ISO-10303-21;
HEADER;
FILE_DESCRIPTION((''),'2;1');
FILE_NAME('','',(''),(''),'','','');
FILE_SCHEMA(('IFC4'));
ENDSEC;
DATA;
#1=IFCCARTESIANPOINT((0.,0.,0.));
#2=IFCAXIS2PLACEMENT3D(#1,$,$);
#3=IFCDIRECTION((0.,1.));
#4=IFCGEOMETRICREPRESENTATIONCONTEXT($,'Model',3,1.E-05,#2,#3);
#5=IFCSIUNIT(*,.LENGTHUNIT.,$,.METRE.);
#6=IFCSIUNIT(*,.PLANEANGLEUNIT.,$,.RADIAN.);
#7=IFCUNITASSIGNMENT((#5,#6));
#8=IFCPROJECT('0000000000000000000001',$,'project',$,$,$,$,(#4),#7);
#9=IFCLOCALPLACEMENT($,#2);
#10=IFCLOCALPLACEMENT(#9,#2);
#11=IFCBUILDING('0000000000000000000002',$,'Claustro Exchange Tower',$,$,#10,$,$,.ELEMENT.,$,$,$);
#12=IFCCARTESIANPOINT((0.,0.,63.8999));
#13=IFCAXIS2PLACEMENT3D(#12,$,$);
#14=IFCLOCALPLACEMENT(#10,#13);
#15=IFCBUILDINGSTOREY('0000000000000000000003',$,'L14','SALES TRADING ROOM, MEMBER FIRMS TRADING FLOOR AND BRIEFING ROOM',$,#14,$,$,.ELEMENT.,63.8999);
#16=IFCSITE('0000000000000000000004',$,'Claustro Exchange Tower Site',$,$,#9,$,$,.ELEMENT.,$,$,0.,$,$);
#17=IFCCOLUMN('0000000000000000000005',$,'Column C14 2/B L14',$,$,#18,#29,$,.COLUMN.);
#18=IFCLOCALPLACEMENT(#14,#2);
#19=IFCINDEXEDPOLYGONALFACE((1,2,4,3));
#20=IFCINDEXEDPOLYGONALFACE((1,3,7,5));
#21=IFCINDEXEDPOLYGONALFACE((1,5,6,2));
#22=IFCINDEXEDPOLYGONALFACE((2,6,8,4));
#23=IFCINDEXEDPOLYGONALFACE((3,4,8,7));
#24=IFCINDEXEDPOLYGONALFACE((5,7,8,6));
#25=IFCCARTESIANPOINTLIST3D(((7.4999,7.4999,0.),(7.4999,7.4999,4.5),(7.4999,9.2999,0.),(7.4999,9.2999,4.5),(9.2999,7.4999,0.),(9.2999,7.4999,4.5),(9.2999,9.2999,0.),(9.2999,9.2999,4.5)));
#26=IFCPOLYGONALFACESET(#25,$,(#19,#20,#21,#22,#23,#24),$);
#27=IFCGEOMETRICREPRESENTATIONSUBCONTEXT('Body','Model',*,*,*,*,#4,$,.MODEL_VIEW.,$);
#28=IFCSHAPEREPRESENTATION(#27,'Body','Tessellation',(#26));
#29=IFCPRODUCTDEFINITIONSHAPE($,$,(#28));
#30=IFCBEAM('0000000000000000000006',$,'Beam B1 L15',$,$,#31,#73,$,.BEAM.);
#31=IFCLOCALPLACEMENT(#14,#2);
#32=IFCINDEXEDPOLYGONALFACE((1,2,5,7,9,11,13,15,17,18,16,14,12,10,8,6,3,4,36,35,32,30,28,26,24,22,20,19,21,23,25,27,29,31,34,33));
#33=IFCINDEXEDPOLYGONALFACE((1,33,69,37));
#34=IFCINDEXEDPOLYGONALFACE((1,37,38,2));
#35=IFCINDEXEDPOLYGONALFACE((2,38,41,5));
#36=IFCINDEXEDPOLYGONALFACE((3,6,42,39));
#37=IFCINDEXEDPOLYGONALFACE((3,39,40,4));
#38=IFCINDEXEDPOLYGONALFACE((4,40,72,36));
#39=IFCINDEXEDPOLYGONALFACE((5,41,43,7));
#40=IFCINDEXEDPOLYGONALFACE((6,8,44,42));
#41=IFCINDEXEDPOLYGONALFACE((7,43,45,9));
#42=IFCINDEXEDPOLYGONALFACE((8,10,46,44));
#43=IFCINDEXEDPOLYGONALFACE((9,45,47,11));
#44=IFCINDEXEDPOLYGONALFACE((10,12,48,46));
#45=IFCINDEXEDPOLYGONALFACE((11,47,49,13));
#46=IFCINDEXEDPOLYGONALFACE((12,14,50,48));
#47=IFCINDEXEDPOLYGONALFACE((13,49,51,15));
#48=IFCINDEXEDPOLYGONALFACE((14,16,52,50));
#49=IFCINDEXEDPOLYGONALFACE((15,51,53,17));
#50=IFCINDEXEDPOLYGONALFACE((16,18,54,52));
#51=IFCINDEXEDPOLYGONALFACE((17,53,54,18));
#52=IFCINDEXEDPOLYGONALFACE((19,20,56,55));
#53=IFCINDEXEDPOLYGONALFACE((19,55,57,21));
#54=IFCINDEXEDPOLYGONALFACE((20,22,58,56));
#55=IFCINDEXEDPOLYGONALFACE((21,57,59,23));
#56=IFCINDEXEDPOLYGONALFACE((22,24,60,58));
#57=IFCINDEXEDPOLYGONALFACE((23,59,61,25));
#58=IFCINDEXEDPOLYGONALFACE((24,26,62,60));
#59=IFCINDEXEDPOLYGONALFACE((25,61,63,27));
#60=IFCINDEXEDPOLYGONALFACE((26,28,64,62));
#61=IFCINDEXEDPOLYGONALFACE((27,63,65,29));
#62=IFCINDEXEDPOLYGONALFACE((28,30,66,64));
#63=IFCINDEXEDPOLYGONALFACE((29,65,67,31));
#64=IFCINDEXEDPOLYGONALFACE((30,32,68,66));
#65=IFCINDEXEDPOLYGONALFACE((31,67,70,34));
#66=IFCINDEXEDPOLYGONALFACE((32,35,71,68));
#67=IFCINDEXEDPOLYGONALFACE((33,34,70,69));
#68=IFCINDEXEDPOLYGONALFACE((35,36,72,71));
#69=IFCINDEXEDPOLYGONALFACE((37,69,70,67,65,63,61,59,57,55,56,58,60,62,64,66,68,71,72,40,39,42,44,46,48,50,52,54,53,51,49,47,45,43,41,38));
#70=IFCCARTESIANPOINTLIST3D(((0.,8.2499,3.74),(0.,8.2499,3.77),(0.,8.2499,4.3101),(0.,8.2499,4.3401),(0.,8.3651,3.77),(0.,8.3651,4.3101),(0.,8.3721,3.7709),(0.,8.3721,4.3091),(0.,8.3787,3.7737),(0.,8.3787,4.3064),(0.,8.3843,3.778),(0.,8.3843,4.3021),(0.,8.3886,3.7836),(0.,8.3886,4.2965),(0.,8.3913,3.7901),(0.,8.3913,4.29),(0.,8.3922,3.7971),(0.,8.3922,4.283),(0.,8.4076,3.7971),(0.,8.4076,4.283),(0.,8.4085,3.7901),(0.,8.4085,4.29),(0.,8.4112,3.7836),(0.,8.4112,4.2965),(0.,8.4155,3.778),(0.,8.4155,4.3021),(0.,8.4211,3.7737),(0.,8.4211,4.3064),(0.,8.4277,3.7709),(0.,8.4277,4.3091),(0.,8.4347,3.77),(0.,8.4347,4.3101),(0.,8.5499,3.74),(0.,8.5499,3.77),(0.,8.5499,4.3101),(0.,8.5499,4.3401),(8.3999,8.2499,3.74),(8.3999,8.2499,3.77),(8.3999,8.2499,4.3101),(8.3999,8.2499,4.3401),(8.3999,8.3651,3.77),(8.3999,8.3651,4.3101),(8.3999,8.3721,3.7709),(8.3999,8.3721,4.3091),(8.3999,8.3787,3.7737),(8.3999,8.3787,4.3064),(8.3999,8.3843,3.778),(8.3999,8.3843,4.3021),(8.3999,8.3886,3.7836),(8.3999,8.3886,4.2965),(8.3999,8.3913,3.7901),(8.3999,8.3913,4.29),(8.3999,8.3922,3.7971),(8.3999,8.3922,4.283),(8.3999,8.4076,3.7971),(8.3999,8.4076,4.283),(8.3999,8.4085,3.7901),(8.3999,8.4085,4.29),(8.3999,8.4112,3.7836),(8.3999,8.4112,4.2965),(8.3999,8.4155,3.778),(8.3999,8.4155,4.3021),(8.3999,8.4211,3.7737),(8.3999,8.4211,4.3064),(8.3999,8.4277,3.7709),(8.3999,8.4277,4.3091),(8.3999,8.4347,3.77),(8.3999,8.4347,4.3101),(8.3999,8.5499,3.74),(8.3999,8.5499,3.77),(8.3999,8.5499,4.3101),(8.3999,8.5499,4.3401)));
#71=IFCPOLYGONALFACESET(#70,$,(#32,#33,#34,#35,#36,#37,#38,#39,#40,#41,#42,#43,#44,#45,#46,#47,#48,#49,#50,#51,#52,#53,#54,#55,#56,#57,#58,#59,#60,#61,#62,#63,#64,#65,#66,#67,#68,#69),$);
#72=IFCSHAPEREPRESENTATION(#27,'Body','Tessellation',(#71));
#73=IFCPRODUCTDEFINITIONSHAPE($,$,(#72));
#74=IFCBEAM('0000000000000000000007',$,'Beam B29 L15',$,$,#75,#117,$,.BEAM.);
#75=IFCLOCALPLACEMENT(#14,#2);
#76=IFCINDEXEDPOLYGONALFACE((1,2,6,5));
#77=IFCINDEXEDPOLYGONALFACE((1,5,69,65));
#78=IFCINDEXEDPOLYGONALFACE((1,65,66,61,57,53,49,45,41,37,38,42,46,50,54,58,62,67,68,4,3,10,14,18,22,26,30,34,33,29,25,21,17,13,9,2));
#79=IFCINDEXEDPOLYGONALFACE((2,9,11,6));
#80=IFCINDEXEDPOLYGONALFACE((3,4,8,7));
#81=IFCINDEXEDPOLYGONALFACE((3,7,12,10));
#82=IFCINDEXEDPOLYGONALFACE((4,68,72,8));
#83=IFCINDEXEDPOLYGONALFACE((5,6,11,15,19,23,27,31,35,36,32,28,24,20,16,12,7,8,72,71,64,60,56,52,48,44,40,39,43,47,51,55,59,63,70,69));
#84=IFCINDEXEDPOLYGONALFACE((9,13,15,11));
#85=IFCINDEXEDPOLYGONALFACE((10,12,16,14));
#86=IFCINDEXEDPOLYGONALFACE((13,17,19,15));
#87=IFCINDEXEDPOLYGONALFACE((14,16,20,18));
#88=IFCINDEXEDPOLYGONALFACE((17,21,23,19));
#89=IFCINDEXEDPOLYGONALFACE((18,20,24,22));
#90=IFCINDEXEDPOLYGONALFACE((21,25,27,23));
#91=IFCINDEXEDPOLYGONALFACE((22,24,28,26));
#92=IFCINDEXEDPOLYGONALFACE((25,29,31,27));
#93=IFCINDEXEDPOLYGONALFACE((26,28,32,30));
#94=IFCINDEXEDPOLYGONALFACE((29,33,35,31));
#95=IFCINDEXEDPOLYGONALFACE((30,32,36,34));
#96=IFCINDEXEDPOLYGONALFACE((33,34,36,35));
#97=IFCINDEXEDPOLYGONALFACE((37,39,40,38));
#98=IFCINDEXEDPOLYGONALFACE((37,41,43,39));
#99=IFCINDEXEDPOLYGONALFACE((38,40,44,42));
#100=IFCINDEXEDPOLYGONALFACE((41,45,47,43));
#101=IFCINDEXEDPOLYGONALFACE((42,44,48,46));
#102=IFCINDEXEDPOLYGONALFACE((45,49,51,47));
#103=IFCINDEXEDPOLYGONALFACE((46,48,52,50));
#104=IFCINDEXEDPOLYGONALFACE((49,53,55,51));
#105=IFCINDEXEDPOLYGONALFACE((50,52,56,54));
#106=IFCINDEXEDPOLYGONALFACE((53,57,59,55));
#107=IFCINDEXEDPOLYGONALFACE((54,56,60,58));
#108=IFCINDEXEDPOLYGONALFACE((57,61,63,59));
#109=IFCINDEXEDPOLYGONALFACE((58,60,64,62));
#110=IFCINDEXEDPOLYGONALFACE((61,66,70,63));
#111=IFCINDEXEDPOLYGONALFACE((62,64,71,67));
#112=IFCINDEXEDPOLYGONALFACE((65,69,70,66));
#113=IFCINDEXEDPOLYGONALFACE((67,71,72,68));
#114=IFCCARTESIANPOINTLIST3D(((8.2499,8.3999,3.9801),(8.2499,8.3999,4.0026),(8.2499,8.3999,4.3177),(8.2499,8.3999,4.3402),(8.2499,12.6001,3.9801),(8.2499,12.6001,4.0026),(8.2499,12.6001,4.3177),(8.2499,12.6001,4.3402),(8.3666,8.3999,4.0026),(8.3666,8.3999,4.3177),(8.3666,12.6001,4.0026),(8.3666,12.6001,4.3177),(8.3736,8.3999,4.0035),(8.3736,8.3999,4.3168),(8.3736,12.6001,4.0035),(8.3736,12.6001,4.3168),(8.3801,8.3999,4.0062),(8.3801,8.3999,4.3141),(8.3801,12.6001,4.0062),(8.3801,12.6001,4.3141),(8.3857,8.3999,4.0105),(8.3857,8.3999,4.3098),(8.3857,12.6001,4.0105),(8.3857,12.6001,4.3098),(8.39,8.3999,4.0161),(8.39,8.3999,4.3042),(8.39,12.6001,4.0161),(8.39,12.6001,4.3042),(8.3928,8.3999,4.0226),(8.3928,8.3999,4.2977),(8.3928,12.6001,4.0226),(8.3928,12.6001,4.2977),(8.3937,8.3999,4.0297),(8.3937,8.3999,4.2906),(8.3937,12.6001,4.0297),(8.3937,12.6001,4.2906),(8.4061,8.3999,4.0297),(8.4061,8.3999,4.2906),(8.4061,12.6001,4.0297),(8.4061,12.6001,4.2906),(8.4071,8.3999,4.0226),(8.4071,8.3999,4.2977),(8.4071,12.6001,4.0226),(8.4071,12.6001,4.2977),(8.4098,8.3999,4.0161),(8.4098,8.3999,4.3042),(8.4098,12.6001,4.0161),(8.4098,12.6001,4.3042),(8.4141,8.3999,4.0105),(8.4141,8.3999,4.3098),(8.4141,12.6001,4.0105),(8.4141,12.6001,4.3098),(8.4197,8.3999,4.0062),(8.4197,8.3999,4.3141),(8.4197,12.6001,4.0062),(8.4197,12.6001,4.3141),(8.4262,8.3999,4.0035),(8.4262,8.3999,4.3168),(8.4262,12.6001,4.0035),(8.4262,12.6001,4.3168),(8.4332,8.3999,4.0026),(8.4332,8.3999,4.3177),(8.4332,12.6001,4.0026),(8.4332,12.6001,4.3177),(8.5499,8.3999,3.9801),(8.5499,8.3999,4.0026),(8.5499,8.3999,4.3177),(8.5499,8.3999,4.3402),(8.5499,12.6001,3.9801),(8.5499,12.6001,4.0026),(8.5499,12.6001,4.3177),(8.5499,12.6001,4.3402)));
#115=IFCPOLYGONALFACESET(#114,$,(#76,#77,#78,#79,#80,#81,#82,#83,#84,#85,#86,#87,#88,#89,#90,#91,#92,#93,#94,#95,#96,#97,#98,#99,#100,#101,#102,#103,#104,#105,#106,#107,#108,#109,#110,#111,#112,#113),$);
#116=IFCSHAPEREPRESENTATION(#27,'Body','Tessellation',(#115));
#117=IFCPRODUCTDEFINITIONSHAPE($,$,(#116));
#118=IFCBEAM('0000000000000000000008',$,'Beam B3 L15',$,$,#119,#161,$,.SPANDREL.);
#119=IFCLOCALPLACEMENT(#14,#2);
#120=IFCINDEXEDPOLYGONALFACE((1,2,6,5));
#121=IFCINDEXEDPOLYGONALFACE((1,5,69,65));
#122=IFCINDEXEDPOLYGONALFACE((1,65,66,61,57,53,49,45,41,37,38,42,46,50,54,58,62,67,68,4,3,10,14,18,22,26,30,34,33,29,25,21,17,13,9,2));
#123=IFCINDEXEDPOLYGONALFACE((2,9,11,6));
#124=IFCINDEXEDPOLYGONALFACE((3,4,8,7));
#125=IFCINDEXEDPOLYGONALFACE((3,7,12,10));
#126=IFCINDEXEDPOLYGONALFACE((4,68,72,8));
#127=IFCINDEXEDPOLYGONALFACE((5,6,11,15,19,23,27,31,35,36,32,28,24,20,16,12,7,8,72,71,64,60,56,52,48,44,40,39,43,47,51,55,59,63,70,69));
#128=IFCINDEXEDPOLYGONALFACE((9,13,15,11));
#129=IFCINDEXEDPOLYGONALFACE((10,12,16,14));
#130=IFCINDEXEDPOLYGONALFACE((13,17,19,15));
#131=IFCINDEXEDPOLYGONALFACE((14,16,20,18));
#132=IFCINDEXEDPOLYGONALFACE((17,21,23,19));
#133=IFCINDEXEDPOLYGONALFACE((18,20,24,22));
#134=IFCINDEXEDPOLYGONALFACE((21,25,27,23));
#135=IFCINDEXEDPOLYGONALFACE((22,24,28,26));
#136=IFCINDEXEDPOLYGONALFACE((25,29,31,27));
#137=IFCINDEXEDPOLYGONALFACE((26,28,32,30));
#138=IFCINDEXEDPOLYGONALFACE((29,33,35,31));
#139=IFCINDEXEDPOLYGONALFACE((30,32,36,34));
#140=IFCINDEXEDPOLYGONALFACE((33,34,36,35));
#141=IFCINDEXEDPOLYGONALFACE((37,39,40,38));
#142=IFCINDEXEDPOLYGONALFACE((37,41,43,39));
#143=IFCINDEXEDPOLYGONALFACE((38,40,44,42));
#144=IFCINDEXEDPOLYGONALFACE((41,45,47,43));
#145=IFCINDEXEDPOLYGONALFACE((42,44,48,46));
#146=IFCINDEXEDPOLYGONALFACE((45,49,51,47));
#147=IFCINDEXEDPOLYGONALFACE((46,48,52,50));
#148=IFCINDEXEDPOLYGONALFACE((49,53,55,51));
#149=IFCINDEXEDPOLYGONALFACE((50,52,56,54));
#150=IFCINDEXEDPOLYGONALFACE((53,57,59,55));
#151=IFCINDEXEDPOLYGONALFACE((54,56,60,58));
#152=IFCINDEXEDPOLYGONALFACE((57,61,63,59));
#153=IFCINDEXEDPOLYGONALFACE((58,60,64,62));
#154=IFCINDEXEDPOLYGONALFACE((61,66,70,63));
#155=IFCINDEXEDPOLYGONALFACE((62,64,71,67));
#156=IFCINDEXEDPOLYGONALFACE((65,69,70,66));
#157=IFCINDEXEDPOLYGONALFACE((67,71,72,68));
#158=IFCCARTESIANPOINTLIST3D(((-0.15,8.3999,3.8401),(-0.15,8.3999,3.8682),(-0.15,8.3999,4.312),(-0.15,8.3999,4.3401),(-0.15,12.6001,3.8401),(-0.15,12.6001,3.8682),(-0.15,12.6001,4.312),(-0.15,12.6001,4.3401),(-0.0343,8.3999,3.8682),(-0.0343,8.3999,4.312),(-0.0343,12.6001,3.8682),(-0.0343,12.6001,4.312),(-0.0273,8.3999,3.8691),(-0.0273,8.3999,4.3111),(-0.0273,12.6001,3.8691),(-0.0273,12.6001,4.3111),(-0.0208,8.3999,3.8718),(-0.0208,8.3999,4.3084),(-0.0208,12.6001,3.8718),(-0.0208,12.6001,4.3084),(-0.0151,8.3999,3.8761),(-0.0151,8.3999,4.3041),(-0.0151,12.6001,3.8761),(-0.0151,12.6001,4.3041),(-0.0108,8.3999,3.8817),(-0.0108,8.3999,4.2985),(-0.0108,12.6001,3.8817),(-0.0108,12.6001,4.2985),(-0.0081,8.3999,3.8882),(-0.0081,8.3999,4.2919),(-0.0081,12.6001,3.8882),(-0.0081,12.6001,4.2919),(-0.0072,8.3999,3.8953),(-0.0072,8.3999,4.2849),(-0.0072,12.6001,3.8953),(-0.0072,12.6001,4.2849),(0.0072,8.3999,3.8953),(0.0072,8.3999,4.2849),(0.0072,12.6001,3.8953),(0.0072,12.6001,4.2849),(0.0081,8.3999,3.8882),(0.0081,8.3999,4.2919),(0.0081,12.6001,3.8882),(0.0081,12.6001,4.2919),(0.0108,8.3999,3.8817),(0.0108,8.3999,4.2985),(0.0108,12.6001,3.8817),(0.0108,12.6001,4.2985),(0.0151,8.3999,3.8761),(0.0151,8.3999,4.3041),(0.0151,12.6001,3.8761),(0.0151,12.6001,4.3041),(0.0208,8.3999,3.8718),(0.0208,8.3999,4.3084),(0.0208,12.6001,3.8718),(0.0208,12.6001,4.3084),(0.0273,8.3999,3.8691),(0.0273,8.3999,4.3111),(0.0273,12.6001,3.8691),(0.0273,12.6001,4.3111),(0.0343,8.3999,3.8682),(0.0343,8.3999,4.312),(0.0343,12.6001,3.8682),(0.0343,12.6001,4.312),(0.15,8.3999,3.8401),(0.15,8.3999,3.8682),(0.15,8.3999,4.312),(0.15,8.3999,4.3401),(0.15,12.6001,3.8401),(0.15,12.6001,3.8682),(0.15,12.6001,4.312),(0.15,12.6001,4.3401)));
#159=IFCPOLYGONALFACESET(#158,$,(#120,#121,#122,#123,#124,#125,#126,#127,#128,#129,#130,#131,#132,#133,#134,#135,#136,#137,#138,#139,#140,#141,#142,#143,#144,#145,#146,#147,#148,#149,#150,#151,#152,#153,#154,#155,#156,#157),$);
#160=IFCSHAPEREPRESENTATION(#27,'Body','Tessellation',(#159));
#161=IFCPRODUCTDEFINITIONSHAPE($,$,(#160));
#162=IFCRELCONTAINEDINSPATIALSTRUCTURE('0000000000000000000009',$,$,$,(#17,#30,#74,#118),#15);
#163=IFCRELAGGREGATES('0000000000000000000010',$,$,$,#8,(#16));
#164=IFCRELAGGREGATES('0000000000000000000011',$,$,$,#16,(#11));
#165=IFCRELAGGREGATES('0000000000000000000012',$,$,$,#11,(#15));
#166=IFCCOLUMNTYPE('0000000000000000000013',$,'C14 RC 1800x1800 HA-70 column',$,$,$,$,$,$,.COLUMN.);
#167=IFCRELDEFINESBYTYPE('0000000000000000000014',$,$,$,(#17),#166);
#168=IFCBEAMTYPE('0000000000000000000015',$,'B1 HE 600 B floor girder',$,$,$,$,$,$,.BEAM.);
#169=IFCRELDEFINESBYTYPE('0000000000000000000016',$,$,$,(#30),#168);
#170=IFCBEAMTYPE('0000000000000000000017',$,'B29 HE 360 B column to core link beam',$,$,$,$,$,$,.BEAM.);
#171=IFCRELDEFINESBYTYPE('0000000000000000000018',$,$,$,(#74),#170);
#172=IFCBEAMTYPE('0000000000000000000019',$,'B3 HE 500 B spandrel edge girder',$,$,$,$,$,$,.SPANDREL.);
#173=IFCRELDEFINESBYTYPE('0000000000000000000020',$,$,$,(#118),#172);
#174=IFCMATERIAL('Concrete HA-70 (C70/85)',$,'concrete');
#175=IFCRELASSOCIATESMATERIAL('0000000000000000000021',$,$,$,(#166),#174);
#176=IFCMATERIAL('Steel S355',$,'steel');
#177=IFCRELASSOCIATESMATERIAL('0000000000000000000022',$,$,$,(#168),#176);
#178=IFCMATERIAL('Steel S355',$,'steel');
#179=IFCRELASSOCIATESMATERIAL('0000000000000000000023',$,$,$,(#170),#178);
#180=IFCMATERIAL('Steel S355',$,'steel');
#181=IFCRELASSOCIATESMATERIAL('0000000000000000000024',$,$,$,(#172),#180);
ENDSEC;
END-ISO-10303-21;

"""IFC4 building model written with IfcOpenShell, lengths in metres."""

from ifc_helpers import new_model, si_unit, direction, frame, origin, origin_2d, place, context, subcontext, project, spatial, rectangle, i_section, extrude, material, material_profile, profile_set, type_object, element, save


model = new_model("IFC4")

# Units and contexts
model_context = context("Model", 3, precision=1e-05, world=origin(), true_north=direction((0.0, 1.0)))
body_context = subcontext(model_context, "Body", "Model", "MODEL_VIEW")
ifc_project = project(units=[si_unit("LENGTHUNIT", "METRE"), si_unit("PLANEANGLEUNIT", "RADIAN")], contexts=[model_context])

# Site, building, storey
site_placement = place(None, origin())
site = spatial("IfcSite", under=ifc_project, at=site_placement, Name="Claustro Exchange Tower Site", CompositionType="ELEMENT", RefElevation=0.0)
building_placement = place(site_placement, origin())
building = spatial("IfcBuilding", under=site, at=building_placement, Name="Claustro Exchange Tower", CompositionType="ELEMENT")
storey_placement = place(building_placement, frame((0.0, 0.0, 63.8999)))
storey = spatial("IfcBuildingStorey", under=building, at=storey_placement, Name="L14", Description="SALES TRADING ROOM, MEMBER FIRMS TRADING FLOOR AND BRIEFING ROOM", CompositionType="ELEMENT", Elevation=63.8999)

# Column
ifc_material_1 = material(Name="Concrete HA-70 (C70/85)", Category="concrete")
ifc_material_profile_1 = material_profile(ifc_material_1, rectangle(XDim=1.8, YDim=1.8, at=origin_2d()), Name="RC 1800x1800")
ifc_profile_set_1 = profile_set([ifc_material_profile_1], Name="Concrete HA-70 (C70/85)")
column_type = type_object("IfcColumnType", Name="C14 RC 1800x1800 HA-70 column", PredefinedType="COLUMN", material=ifc_profile_set_1)
column_placement = place(storey_placement, frame((8.3999, 8.3999, 0.0), z_axis=(0.0, 0.0, 1.0), x_axis=(1.0, 0.0, 0.0)))
element("IfcColumn", 1, at=column_placement, inside=storey, type_object=column_type, Name="Column C14 2/B L14", PredefinedType="COLUMN", context=body_context, shape_type="SweptSolid", body=[
    extrude(rectangle(XDim=1.8, YDim=1.8, at=origin_2d()), origin(), (0.0, 0.0, 1.0), 4.5),
])

# Beams
ifc_material_2 = material(Name="Steel S355", Category="steel")
ifc_material_profile_2 = material_profile(ifc_material_2, i_section(OverallWidth=0.3, OverallDepth=0.6001, WebThickness=0.0154, FlangeThickness=0.03, FilletRadius=0.0271, at=origin_2d()), Name="HE 600 B")
ifc_profile_set_2 = profile_set([ifc_material_profile_2], Name="Steel S355")
beam_type_1 = type_object("IfcBeamType", Name="B1 HE 600 B floor girder", PredefinedType="BEAM", material=ifc_profile_set_2)
beam_1_placement = place(storey_placement, frame((0.0, 8.3999, 4.04), z_axis=(1.0, 0.0, 0.0), x_axis=(0.0, 1.0, 0.0)))
element("IfcBeam", 2, at=beam_1_placement, inside=storey, type_object=beam_type_1, Name="Beam B1 L15", PredefinedType="BEAM", context=body_context, shape_type="SweptSolid", body=[
    extrude(i_section(OverallWidth=0.3, OverallDepth=0.6001, WebThickness=0.0154, FlangeThickness=0.03, FilletRadius=0.0271, at=origin_2d()), origin(), (0.0, 0.0, 1.0), 8.3999),
])
ifc_material_3 = material(Name="Steel S355", Category="steel")
ifc_material_profile_3 = material_profile(ifc_material_3, i_section(OverallWidth=0.3, OverallDepth=0.3601, WebThickness=0.0125, FlangeThickness=0.0225, FilletRadius=0.0271, at=origin_2d()), Name="HE 360 B")
ifc_profile_set_3 = profile_set([ifc_material_profile_3], Name="Steel S355")
beam_type_2 = type_object("IfcBeamType", Name="B29 HE 360 B column to core link beam", PredefinedType="BEAM", material=ifc_profile_set_3)
beam_2_placement = place(storey_placement, frame((8.3999, 8.3999, 4.1602), z_axis=(0.0, 1.0, 0.0), x_axis=(-1.0, 0.0, 0.0)))
element("IfcBeam", 3, at=beam_2_placement, inside=storey, type_object=beam_type_2, Name="Beam B29 L15", PredefinedType="BEAM", context=body_context, shape_type="SweptSolid", body=[
    extrude(i_section(OverallWidth=0.3, OverallDepth=0.3601, WebThickness=0.0125, FlangeThickness=0.0225, FilletRadius=0.0271, at=origin_2d()), origin(), (0.0, 0.0, 1.0), 4.2002),
])
ifc_material_4 = material(Name="Steel S355", Category="steel")
ifc_material_profile_4 = material_profile(ifc_material_4, i_section(OverallWidth=0.3, OverallDepth=0.5, WebThickness=0.0144, FlangeThickness=0.0281, FilletRadius=0.0271, at=origin_2d()), Name="HE 500 B")
ifc_profile_set_4 = profile_set([ifc_material_profile_4], Name="Steel S355")
beam_type_3 = type_object("IfcBeamType", Name="B3 HE 500 B spandrel edge girder", PredefinedType="SPANDREL", material=ifc_profile_set_4)
beam_3_placement = place(storey_placement, frame((0.0, 8.3999, 4.0901), z_axis=(0.0, 1.0, 0.0), x_axis=(-1.0, 0.0, 0.0)))
element("IfcBeam", 4, at=beam_3_placement, inside=storey, type_object=beam_type_3, Name="Beam B3 L15", PredefinedType="SPANDREL", context=body_context, shape_type="SweptSolid", body=[
    extrude(i_section(OverallWidth=0.3, OverallDepth=0.5, WebThickness=0.0144, FlangeThickness=0.0281, FilletRadius=0.0271, at=origin_2d()), origin(), (0.0, 0.0, 1.0), 4.2002),
])

save(model, "model.ifc")
